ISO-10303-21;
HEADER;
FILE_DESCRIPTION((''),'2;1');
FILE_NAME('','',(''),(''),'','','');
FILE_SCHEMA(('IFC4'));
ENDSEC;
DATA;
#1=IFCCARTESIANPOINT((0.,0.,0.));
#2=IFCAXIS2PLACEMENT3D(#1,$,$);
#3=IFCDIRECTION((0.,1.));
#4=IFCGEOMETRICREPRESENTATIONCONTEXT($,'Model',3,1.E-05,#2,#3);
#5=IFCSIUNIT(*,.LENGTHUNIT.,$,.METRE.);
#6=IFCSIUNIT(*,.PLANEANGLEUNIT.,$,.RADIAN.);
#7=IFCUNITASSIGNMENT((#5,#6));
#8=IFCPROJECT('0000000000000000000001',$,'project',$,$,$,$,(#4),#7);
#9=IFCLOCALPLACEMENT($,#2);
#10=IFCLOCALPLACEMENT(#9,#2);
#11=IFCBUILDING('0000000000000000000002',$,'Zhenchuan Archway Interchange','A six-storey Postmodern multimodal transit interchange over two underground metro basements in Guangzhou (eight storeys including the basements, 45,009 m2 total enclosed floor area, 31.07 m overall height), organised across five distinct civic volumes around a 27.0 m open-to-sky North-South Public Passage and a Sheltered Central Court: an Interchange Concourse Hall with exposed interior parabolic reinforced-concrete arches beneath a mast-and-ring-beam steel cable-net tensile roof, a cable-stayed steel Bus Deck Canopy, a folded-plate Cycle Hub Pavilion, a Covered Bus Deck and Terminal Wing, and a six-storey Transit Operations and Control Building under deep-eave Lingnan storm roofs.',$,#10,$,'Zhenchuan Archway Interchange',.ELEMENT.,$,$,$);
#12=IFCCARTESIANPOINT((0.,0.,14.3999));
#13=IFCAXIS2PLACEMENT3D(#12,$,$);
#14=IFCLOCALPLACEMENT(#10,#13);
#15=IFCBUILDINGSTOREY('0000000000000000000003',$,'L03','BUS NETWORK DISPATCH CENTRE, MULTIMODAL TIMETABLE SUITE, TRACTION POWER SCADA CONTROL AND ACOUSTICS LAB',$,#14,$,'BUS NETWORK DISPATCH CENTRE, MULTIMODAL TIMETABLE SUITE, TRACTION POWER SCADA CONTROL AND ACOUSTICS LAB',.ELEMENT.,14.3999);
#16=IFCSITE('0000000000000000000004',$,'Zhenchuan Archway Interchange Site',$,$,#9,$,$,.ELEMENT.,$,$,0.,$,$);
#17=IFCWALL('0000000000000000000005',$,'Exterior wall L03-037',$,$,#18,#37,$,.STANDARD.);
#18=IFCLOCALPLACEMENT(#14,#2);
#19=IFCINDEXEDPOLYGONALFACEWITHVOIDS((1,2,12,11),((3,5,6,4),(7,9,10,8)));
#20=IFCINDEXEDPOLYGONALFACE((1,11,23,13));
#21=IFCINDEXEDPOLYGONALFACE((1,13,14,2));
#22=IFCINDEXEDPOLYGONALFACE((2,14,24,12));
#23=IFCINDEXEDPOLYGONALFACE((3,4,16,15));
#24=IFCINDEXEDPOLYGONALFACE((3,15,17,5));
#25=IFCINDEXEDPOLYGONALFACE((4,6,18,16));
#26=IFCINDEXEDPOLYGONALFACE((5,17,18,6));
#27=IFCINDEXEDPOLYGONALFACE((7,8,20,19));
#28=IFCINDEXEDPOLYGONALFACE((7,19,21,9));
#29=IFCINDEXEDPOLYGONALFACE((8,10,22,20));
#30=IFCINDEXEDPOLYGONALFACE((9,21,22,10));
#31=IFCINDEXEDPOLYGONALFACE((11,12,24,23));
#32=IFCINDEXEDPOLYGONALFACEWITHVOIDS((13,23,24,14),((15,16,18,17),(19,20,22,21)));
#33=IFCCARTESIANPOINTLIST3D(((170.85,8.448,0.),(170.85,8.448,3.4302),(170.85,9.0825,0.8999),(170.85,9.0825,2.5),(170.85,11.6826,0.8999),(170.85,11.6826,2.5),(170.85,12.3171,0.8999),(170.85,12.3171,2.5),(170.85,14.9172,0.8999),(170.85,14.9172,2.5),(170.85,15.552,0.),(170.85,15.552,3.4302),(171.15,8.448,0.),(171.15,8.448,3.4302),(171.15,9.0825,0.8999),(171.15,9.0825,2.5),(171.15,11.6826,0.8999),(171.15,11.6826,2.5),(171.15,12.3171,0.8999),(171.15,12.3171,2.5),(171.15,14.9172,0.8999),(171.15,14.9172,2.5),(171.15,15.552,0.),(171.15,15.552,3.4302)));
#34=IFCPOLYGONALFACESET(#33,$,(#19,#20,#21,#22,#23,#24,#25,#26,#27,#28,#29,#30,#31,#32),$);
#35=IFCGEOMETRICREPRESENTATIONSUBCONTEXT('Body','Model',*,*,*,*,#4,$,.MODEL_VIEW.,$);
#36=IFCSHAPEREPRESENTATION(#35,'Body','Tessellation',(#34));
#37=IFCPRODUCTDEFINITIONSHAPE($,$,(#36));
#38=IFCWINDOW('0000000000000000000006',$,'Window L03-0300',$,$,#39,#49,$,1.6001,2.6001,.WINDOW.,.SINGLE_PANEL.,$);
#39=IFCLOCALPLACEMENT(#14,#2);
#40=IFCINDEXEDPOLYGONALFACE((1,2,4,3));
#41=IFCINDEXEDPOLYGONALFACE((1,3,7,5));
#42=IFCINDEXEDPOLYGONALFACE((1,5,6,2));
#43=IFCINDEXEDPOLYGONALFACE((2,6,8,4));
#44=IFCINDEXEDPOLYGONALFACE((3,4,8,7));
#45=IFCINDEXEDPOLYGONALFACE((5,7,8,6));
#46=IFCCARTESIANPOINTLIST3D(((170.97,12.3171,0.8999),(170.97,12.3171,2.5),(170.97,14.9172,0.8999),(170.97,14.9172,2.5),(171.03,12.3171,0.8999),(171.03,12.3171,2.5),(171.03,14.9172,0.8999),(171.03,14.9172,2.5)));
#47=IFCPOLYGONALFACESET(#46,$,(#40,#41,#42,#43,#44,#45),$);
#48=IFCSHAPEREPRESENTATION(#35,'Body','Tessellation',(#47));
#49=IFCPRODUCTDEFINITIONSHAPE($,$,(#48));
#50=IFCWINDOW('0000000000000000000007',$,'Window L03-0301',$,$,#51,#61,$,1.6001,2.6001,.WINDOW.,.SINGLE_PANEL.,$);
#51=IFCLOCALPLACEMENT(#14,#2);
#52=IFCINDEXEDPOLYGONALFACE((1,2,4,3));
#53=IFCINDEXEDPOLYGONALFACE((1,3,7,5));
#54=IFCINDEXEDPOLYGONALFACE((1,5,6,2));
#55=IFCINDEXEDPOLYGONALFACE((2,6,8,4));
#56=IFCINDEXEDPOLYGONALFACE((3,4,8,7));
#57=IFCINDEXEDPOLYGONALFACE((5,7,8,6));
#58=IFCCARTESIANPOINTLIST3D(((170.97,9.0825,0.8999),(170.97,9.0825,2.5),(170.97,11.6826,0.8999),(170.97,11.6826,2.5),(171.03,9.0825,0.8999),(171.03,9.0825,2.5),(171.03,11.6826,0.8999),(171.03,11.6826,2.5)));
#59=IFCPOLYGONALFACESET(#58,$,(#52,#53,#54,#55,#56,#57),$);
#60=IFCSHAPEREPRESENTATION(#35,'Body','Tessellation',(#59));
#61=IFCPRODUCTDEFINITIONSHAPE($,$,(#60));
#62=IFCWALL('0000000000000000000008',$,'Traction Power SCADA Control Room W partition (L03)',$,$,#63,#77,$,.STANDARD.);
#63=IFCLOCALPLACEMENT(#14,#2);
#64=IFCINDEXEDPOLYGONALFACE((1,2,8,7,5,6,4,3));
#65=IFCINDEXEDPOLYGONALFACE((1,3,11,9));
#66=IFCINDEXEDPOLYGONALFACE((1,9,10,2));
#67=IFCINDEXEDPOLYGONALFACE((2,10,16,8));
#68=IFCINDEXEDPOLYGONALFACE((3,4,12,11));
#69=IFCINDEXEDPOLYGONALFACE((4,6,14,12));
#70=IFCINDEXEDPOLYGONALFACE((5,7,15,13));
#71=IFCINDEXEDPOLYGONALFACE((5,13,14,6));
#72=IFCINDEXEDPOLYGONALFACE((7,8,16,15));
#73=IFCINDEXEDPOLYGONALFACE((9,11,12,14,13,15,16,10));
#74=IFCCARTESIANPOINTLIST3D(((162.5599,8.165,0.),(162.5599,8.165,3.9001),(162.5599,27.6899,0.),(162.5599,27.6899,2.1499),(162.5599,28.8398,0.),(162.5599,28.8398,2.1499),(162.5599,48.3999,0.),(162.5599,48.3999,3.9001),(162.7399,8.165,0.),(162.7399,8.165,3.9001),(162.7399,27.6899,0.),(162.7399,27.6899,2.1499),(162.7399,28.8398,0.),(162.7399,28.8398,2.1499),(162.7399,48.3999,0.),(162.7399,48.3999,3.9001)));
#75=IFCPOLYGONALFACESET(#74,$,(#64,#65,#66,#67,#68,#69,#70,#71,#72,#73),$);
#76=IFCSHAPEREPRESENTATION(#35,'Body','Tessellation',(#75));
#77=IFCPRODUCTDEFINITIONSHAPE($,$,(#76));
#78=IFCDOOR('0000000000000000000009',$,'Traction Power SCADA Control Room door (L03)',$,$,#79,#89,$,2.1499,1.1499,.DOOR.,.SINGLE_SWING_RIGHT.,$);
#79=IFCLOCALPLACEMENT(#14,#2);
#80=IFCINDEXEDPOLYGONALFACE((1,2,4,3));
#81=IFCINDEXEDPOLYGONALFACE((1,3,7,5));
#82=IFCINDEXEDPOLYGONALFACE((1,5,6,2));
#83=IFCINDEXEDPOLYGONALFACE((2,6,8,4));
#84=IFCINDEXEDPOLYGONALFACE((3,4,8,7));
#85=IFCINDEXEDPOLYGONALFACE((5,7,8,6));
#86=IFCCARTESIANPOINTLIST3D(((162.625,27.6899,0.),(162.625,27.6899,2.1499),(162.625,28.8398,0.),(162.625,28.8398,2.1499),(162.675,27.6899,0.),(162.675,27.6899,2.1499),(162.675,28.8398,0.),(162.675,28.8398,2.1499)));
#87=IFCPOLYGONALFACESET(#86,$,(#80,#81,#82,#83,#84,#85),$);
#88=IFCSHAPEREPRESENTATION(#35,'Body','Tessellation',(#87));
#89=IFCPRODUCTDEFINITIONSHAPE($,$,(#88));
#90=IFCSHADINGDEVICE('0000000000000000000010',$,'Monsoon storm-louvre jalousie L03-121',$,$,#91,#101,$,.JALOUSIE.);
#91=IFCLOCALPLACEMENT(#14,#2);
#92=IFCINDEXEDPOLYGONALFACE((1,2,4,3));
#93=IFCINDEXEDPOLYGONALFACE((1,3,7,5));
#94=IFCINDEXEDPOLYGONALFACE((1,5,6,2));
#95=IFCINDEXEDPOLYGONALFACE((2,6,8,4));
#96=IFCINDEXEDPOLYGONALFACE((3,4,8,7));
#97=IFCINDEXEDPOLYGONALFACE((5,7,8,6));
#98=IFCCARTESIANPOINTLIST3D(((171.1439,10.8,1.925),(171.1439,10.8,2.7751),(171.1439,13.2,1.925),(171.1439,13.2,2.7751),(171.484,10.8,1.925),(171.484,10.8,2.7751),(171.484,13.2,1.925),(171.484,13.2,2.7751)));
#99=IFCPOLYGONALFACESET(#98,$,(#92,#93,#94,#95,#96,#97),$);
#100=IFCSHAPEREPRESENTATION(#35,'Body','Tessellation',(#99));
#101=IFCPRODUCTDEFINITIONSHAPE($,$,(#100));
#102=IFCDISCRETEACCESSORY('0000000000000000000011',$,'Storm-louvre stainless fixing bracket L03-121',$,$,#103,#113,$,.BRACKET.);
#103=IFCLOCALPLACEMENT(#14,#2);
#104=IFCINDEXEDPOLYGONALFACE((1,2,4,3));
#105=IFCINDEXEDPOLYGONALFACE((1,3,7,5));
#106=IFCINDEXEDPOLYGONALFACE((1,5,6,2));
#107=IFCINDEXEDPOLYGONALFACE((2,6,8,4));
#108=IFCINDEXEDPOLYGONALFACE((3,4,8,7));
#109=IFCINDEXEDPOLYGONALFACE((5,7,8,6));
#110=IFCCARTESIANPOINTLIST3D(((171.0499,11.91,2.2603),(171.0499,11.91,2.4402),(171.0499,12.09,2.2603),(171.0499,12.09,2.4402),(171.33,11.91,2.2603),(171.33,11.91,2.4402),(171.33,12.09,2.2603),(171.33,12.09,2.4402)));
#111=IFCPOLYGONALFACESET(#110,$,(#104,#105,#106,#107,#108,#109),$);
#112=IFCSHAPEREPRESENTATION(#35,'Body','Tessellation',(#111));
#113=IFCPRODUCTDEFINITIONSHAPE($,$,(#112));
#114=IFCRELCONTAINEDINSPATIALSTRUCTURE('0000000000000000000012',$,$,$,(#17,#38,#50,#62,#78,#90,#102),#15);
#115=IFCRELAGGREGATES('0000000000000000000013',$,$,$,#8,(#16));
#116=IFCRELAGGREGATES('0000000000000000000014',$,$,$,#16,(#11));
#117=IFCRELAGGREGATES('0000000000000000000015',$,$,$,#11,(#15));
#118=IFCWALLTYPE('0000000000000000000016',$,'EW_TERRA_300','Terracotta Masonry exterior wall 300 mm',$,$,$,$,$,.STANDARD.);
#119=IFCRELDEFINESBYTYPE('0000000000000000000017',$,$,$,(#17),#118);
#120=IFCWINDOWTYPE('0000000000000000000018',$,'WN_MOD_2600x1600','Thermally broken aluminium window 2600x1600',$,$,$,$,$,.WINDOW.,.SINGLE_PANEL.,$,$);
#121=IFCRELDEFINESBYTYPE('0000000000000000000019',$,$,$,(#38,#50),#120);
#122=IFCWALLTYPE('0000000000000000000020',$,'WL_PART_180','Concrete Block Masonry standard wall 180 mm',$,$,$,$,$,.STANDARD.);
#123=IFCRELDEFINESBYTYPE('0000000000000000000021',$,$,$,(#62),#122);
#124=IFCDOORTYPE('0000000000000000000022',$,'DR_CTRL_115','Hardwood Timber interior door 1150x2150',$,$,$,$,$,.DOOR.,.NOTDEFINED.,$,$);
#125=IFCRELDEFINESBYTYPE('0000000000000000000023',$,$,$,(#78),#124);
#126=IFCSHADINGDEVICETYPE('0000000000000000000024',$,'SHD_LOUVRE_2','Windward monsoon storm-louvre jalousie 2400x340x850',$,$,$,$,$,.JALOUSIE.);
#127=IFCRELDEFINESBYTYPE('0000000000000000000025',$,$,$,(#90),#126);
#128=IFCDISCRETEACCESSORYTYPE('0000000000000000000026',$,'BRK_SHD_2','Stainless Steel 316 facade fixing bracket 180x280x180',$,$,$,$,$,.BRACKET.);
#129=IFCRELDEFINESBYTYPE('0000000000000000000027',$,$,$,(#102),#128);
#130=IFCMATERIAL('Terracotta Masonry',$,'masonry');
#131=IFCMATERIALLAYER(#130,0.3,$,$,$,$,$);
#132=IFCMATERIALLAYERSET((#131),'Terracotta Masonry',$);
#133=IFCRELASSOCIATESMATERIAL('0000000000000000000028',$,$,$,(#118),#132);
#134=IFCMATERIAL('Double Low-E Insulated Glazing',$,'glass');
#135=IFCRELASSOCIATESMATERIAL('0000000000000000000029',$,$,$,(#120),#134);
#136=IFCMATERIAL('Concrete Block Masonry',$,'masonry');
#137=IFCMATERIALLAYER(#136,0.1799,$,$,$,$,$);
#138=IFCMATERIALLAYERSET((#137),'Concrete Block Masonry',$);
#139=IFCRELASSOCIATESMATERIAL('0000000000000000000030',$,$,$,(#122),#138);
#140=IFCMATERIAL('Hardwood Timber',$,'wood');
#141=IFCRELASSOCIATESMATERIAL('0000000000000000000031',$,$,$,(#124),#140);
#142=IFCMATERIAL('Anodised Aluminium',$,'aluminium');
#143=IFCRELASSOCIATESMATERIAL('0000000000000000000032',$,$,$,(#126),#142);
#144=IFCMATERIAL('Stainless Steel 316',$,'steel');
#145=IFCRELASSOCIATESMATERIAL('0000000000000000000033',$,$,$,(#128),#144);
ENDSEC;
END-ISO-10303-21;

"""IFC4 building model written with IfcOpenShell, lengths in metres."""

from ifc_helpers import new_model, si_unit, direction, frame, frame_2d, origin, origin_2d, place, context, subcontext, project, spatial, rectangle, extrude, material, layer, layer_set, type_object, element, fill, save


model = new_model("IFC4")

# Units and contexts
model_context = context("Model", 3, precision=1e-05, world=origin(), true_north=direction((0.0, 1.0)))
body_context = subcontext(model_context, "Body", "Model", "MODEL_VIEW")
ifc_project = project(units=[si_unit("LENGTHUNIT", "METRE"), si_unit("PLANEANGLEUNIT", "RADIAN")], contexts=[model_context])

# Site, building, storey
site_placement = place(None, origin())
site = spatial("IfcSite", under=ifc_project, at=site_placement, Name="Zhenchuan Archway Interchange Site", CompositionType="ELEMENT", RefElevation=0.0)
building_placement = place(site_placement, origin())
building = spatial("IfcBuilding", under=site, at=building_placement, Name="Zhenchuan Archway Interchange", Description="A six-storey Postmodern multimodal transit interchange over two underground metro basements in Guangzhou (eight storeys including the basements, 45,009 m2 total enclosed floor area, 31.07 m overall height), organised across five distinct civic volumes around a 27.0 m open-to-sky North-South Public Passage and a Sheltered Central Court: an Interchange Concourse Hall with exposed interior parabolic reinforced-concrete arches beneath a mast-and-ring-beam steel cable-net tensile roof, a cable-stayed steel Bus Deck Canopy, a folded-plate Cycle Hub Pavilion, a Covered Bus Deck and Terminal Wing, and a six-storey Transit Operations and Control Building under deep-eave Lingnan storm roofs.", LongName="Zhenchuan Archway Interchange", CompositionType="ELEMENT")
storey_placement = place(building_placement, frame((0.0, 0.0, 14.3999)))
storey = spatial("IfcBuildingStorey", under=building, at=storey_placement, Name="L03", Description="BUS NETWORK DISPATCH CENTRE, MULTIMODAL TIMETABLE SUITE, TRACTION POWER SCADA CONTROL AND ACOUSTICS LAB", LongName="BUS NETWORK DISPATCH CENTRE, MULTIMODAL TIMETABLE SUITE, TRACTION POWER SCADA CONTROL AND ACOUSTICS LAB", CompositionType="ELEMENT", Elevation=14.3999)

# Shared definitions
ifc_material_1 = material(Name="Anodised Aluminium", Category="aluminium")

# Shared definitions
ifc_material_2 = material(Name="Double Low-E Insulated Glazing", Category="glass")

# Wall, openings, windows
ifc_material_3 = material(Name="Terracotta Masonry", Category="masonry")
ifc_layer_1 = layer(ifc_material_3, 0.3)
ifc_layer_set_1 = layer_set([ifc_layer_1], Name="Terracotta Masonry")
wall_type_1 = type_object("IfcWallType", Name="EW_TERRA_300", Description="Terracotta Masonry exterior wall 300 mm", PredefinedType="STANDARD", material=ifc_layer_set_1)
wall_1_placement = place(storey_placement, frame((171.0, 15.552, 0.0), z_axis=(0.0, 0.0, 1.0), x_axis=(0.0, -1.0, 0.0)))
wall_1 = element("IfcWall", 1, at=wall_1_placement, inside=storey, type_object=wall_type_1, Name="Exterior wall L03-037", PredefinedType="STANDARD", context=body_context, shape_type="SweptSolid", body=[
    extrude(rectangle(XDim=7.104, YDim=0.3, at=frame_2d((3.552, 0.0))), origin(), (0.0, 0.0, 1.0), 3.4302),
])
opening_1_placement = place(wall_1_placement, frame((0.6348, 0.0, 0.8999)))
opening_1 = element("IfcOpeningElement", 2, at=opening_1_placement, cuts=wall_1, PredefinedType="OPENING", context=body_context, shape_type="SweptSolid", body=[
    extrude(rectangle(XDim=2.6001, YDim=1.6001, at=frame_2d((1.3, 0.8))), frame((0.0, 0.1621, 0.0), z_axis=(0.0, -1.0, 0.0), x_axis=(1.0, 0.0, 0.0)), (0.0, 0.0, 1.0), 0.324),
])
opening_2_placement = place(wall_1_placement, frame((3.8694, 0.0, 0.8999)))
opening_2 = element("IfcOpeningElement", 3, at=opening_2_placement, cuts=wall_1, PredefinedType="OPENING", context=body_context, shape_type="SweptSolid", body=[
    extrude(rectangle(XDim=2.6001, YDim=1.6001, at=frame_2d((1.3, 0.8))), frame((0.0, 0.1621, 0.0), z_axis=(0.0, -1.0, 0.0), x_axis=(1.0, 0.0, 0.0)), (0.0, 0.0, 1.0), 0.324),
])
window_type = type_object("IfcWindowType", Name="WN_MOD_2600x1600", Description="Thermally broken aluminium window 2600x1600", PartitioningType="SINGLE_PANEL", PredefinedType="WINDOW", material=ifc_material_2)
window_1_placement = place(opening_1_placement, origin())
window_1 = element("IfcWindow", 4, at=window_1_placement, inside=storey, type_object=window_type, Name="Window L03-0300", OverallHeight=1.6001, OverallWidth=2.6001, PartitioningType="SINGLE_PANEL", PredefinedType="WINDOW", context=body_context, shape_type="SweptSolid", body=[
    extrude(rectangle(XDim=2.6001, YDim=1.6001, at=frame_2d((1.3, 0.8))), frame((0.0, 0.03, 0.0), z_axis=(0.0, -1.0, 0.0), x_axis=(1.0, 0.0, 0.0)), (0.0, 0.0, 1.0), 0.0601),
])
fill(opening_1, window_1)
window_2_placement = place(opening_2_placement, origin())
window_2 = element("IfcWindow", 5, at=window_2_placement, inside=storey, type_object=window_type, Name="Window L03-0301", OverallHeight=1.6001, OverallWidth=2.6001, PartitioningType="SINGLE_PANEL", PredefinedType="WINDOW", context=body_context, shape_type="SweptSolid", body=[
    extrude(rectangle(XDim=2.6001, YDim=1.6001, at=frame_2d((1.3, 0.8))), frame((0.0, 0.03, 0.0), z_axis=(0.0, -1.0, 0.0), x_axis=(1.0, 0.0, 0.0)), (0.0, 0.0, 1.0), 0.0601),
])
fill(opening_2, window_2)

# Wall, opening, door
ifc_material_4 = material(Name="Concrete Block Masonry", Category="masonry")
ifc_layer_2 = layer(ifc_material_4, 0.1799)
ifc_layer_set_2 = layer_set([ifc_layer_2], Name="Concrete Block Masonry")
wall_type_2 = type_object("IfcWallType", Name="WL_PART_180", Description="Concrete Block Masonry standard wall 180 mm", PredefinedType="STANDARD", material=ifc_layer_set_2)
wall_2_placement = place(storey_placement, frame((162.6499, 8.165, 0.0), z_axis=(0.0, 0.0, 1.0), x_axis=(0.0, 1.0, 0.0)))
wall_2 = element("IfcWall", 6, at=wall_2_placement, inside=storey, type_object=wall_type_2, Name="Traction Power SCADA Control Room W partition (L03)", PredefinedType="STANDARD", context=body_context, shape_type="SweptSolid", body=[
    extrude(rectangle(XDim=40.2349, YDim=0.1799, at=frame_2d((20.1174, 0.0))), origin(), (0.0, 0.0, 1.0), 3.9001),
])
opening_3_placement = place(wall_2_placement, frame((19.5249, 0.0, 0.0)))
opening_3 = element("IfcOpeningElement", 7, at=opening_3_placement, cuts=wall_2, PredefinedType="OPENING", context=body_context, shape_type="SweptSolid", body=[
    extrude(rectangle(XDim=1.1499, YDim=2.1499, at=frame_2d((0.575, 1.075))), frame((0.0, 0.1021, 0.0), z_axis=(0.0, -1.0, 0.0), x_axis=(1.0, 0.0, 0.0)), (0.0, 0.0, 1.0), 0.2039),
])
ifc_material_5 = material(Name="Hardwood Timber", Category="wood")
door_type = type_object("IfcDoorType", Name="DR_CTRL_115", Description="Hardwood Timber interior door 1150x2150", OperationType="NOTDEFINED", PredefinedType="DOOR", material=ifc_material_5)
door_placement = place(opening_3_placement, origin())
door = element("IfcDoor", 8, at=door_placement, inside=storey, type_object=door_type, Name="Traction Power SCADA Control Room door (L03)", OperationType="SINGLE_SWING_RIGHT", OverallHeight=2.1499, OverallWidth=1.1499, PredefinedType="DOOR", context=body_context, shape_type="SweptSolid", body=[
    extrude(rectangle(XDim=1.1499, YDim=2.1499, at=frame_2d((0.575, 1.075))), frame((0.0, 0.0249, 0.0), z_axis=(0.0, -1.0, 0.0), x_axis=(1.0, 0.0, 0.0)), (0.0, 0.0, 1.0), 0.05),
])
fill(opening_3, door)

# Shading device
shading_device_type = type_object("IfcShadingDeviceType", Name="SHD_LOUVRE_2", Description="Windward monsoon storm-louvre jalousie 2400x340x850", PredefinedType="JALOUSIE", material=ifc_material_1)
shading_device_placement = place(storey_placement, frame((171.314, 12.0, 1.925), z_axis=(0.0, 0.0, 1.0), x_axis=(0.0, -1.0, 0.0)))
element("IfcShadingDevice", 9, at=shading_device_placement, inside=storey, type_object=shading_device_type, Name="Monsoon storm-louvre jalousie L03-121", PredefinedType="JALOUSIE", context=body_context, shape_type="SweptSolid", body=[
    extrude(rectangle(XDim=2.3999, YDim=0.3401, at=origin_2d()), origin(), (0.0, 0.0, 1.0), 0.8501),
])

# Discrete accessory
ifc_material_6 = material(Name="Stainless Steel 316", Category="steel")
discrete_accessory_type = type_object("IfcDiscreteAccessoryType", Name="BRK_SHD_2", Description="Stainless Steel 316 facade fixing bracket 180x280x180", PredefinedType="BRACKET", material=ifc_material_6)
discrete_accessory_placement = place(storey_placement, frame((171.1899, 12.0, 2.2603), z_axis=(0.0, 0.0, 1.0), x_axis=(0.0, -1.0, 0.0)))
element("IfcDiscreteAccessory", 10, at=discrete_accessory_placement, inside=storey, type_object=discrete_accessory_type, Name="Storm-louvre stainless fixing bracket L03-121", PredefinedType="BRACKET", context=body_context, shape_type="SweptSolid", body=[
    extrude(rectangle(XDim=0.1799, YDim=0.28, at=origin_2d()), origin(), (0.0, 0.0, 1.0), 0.1799),
])

save(model, "model.ifc")
